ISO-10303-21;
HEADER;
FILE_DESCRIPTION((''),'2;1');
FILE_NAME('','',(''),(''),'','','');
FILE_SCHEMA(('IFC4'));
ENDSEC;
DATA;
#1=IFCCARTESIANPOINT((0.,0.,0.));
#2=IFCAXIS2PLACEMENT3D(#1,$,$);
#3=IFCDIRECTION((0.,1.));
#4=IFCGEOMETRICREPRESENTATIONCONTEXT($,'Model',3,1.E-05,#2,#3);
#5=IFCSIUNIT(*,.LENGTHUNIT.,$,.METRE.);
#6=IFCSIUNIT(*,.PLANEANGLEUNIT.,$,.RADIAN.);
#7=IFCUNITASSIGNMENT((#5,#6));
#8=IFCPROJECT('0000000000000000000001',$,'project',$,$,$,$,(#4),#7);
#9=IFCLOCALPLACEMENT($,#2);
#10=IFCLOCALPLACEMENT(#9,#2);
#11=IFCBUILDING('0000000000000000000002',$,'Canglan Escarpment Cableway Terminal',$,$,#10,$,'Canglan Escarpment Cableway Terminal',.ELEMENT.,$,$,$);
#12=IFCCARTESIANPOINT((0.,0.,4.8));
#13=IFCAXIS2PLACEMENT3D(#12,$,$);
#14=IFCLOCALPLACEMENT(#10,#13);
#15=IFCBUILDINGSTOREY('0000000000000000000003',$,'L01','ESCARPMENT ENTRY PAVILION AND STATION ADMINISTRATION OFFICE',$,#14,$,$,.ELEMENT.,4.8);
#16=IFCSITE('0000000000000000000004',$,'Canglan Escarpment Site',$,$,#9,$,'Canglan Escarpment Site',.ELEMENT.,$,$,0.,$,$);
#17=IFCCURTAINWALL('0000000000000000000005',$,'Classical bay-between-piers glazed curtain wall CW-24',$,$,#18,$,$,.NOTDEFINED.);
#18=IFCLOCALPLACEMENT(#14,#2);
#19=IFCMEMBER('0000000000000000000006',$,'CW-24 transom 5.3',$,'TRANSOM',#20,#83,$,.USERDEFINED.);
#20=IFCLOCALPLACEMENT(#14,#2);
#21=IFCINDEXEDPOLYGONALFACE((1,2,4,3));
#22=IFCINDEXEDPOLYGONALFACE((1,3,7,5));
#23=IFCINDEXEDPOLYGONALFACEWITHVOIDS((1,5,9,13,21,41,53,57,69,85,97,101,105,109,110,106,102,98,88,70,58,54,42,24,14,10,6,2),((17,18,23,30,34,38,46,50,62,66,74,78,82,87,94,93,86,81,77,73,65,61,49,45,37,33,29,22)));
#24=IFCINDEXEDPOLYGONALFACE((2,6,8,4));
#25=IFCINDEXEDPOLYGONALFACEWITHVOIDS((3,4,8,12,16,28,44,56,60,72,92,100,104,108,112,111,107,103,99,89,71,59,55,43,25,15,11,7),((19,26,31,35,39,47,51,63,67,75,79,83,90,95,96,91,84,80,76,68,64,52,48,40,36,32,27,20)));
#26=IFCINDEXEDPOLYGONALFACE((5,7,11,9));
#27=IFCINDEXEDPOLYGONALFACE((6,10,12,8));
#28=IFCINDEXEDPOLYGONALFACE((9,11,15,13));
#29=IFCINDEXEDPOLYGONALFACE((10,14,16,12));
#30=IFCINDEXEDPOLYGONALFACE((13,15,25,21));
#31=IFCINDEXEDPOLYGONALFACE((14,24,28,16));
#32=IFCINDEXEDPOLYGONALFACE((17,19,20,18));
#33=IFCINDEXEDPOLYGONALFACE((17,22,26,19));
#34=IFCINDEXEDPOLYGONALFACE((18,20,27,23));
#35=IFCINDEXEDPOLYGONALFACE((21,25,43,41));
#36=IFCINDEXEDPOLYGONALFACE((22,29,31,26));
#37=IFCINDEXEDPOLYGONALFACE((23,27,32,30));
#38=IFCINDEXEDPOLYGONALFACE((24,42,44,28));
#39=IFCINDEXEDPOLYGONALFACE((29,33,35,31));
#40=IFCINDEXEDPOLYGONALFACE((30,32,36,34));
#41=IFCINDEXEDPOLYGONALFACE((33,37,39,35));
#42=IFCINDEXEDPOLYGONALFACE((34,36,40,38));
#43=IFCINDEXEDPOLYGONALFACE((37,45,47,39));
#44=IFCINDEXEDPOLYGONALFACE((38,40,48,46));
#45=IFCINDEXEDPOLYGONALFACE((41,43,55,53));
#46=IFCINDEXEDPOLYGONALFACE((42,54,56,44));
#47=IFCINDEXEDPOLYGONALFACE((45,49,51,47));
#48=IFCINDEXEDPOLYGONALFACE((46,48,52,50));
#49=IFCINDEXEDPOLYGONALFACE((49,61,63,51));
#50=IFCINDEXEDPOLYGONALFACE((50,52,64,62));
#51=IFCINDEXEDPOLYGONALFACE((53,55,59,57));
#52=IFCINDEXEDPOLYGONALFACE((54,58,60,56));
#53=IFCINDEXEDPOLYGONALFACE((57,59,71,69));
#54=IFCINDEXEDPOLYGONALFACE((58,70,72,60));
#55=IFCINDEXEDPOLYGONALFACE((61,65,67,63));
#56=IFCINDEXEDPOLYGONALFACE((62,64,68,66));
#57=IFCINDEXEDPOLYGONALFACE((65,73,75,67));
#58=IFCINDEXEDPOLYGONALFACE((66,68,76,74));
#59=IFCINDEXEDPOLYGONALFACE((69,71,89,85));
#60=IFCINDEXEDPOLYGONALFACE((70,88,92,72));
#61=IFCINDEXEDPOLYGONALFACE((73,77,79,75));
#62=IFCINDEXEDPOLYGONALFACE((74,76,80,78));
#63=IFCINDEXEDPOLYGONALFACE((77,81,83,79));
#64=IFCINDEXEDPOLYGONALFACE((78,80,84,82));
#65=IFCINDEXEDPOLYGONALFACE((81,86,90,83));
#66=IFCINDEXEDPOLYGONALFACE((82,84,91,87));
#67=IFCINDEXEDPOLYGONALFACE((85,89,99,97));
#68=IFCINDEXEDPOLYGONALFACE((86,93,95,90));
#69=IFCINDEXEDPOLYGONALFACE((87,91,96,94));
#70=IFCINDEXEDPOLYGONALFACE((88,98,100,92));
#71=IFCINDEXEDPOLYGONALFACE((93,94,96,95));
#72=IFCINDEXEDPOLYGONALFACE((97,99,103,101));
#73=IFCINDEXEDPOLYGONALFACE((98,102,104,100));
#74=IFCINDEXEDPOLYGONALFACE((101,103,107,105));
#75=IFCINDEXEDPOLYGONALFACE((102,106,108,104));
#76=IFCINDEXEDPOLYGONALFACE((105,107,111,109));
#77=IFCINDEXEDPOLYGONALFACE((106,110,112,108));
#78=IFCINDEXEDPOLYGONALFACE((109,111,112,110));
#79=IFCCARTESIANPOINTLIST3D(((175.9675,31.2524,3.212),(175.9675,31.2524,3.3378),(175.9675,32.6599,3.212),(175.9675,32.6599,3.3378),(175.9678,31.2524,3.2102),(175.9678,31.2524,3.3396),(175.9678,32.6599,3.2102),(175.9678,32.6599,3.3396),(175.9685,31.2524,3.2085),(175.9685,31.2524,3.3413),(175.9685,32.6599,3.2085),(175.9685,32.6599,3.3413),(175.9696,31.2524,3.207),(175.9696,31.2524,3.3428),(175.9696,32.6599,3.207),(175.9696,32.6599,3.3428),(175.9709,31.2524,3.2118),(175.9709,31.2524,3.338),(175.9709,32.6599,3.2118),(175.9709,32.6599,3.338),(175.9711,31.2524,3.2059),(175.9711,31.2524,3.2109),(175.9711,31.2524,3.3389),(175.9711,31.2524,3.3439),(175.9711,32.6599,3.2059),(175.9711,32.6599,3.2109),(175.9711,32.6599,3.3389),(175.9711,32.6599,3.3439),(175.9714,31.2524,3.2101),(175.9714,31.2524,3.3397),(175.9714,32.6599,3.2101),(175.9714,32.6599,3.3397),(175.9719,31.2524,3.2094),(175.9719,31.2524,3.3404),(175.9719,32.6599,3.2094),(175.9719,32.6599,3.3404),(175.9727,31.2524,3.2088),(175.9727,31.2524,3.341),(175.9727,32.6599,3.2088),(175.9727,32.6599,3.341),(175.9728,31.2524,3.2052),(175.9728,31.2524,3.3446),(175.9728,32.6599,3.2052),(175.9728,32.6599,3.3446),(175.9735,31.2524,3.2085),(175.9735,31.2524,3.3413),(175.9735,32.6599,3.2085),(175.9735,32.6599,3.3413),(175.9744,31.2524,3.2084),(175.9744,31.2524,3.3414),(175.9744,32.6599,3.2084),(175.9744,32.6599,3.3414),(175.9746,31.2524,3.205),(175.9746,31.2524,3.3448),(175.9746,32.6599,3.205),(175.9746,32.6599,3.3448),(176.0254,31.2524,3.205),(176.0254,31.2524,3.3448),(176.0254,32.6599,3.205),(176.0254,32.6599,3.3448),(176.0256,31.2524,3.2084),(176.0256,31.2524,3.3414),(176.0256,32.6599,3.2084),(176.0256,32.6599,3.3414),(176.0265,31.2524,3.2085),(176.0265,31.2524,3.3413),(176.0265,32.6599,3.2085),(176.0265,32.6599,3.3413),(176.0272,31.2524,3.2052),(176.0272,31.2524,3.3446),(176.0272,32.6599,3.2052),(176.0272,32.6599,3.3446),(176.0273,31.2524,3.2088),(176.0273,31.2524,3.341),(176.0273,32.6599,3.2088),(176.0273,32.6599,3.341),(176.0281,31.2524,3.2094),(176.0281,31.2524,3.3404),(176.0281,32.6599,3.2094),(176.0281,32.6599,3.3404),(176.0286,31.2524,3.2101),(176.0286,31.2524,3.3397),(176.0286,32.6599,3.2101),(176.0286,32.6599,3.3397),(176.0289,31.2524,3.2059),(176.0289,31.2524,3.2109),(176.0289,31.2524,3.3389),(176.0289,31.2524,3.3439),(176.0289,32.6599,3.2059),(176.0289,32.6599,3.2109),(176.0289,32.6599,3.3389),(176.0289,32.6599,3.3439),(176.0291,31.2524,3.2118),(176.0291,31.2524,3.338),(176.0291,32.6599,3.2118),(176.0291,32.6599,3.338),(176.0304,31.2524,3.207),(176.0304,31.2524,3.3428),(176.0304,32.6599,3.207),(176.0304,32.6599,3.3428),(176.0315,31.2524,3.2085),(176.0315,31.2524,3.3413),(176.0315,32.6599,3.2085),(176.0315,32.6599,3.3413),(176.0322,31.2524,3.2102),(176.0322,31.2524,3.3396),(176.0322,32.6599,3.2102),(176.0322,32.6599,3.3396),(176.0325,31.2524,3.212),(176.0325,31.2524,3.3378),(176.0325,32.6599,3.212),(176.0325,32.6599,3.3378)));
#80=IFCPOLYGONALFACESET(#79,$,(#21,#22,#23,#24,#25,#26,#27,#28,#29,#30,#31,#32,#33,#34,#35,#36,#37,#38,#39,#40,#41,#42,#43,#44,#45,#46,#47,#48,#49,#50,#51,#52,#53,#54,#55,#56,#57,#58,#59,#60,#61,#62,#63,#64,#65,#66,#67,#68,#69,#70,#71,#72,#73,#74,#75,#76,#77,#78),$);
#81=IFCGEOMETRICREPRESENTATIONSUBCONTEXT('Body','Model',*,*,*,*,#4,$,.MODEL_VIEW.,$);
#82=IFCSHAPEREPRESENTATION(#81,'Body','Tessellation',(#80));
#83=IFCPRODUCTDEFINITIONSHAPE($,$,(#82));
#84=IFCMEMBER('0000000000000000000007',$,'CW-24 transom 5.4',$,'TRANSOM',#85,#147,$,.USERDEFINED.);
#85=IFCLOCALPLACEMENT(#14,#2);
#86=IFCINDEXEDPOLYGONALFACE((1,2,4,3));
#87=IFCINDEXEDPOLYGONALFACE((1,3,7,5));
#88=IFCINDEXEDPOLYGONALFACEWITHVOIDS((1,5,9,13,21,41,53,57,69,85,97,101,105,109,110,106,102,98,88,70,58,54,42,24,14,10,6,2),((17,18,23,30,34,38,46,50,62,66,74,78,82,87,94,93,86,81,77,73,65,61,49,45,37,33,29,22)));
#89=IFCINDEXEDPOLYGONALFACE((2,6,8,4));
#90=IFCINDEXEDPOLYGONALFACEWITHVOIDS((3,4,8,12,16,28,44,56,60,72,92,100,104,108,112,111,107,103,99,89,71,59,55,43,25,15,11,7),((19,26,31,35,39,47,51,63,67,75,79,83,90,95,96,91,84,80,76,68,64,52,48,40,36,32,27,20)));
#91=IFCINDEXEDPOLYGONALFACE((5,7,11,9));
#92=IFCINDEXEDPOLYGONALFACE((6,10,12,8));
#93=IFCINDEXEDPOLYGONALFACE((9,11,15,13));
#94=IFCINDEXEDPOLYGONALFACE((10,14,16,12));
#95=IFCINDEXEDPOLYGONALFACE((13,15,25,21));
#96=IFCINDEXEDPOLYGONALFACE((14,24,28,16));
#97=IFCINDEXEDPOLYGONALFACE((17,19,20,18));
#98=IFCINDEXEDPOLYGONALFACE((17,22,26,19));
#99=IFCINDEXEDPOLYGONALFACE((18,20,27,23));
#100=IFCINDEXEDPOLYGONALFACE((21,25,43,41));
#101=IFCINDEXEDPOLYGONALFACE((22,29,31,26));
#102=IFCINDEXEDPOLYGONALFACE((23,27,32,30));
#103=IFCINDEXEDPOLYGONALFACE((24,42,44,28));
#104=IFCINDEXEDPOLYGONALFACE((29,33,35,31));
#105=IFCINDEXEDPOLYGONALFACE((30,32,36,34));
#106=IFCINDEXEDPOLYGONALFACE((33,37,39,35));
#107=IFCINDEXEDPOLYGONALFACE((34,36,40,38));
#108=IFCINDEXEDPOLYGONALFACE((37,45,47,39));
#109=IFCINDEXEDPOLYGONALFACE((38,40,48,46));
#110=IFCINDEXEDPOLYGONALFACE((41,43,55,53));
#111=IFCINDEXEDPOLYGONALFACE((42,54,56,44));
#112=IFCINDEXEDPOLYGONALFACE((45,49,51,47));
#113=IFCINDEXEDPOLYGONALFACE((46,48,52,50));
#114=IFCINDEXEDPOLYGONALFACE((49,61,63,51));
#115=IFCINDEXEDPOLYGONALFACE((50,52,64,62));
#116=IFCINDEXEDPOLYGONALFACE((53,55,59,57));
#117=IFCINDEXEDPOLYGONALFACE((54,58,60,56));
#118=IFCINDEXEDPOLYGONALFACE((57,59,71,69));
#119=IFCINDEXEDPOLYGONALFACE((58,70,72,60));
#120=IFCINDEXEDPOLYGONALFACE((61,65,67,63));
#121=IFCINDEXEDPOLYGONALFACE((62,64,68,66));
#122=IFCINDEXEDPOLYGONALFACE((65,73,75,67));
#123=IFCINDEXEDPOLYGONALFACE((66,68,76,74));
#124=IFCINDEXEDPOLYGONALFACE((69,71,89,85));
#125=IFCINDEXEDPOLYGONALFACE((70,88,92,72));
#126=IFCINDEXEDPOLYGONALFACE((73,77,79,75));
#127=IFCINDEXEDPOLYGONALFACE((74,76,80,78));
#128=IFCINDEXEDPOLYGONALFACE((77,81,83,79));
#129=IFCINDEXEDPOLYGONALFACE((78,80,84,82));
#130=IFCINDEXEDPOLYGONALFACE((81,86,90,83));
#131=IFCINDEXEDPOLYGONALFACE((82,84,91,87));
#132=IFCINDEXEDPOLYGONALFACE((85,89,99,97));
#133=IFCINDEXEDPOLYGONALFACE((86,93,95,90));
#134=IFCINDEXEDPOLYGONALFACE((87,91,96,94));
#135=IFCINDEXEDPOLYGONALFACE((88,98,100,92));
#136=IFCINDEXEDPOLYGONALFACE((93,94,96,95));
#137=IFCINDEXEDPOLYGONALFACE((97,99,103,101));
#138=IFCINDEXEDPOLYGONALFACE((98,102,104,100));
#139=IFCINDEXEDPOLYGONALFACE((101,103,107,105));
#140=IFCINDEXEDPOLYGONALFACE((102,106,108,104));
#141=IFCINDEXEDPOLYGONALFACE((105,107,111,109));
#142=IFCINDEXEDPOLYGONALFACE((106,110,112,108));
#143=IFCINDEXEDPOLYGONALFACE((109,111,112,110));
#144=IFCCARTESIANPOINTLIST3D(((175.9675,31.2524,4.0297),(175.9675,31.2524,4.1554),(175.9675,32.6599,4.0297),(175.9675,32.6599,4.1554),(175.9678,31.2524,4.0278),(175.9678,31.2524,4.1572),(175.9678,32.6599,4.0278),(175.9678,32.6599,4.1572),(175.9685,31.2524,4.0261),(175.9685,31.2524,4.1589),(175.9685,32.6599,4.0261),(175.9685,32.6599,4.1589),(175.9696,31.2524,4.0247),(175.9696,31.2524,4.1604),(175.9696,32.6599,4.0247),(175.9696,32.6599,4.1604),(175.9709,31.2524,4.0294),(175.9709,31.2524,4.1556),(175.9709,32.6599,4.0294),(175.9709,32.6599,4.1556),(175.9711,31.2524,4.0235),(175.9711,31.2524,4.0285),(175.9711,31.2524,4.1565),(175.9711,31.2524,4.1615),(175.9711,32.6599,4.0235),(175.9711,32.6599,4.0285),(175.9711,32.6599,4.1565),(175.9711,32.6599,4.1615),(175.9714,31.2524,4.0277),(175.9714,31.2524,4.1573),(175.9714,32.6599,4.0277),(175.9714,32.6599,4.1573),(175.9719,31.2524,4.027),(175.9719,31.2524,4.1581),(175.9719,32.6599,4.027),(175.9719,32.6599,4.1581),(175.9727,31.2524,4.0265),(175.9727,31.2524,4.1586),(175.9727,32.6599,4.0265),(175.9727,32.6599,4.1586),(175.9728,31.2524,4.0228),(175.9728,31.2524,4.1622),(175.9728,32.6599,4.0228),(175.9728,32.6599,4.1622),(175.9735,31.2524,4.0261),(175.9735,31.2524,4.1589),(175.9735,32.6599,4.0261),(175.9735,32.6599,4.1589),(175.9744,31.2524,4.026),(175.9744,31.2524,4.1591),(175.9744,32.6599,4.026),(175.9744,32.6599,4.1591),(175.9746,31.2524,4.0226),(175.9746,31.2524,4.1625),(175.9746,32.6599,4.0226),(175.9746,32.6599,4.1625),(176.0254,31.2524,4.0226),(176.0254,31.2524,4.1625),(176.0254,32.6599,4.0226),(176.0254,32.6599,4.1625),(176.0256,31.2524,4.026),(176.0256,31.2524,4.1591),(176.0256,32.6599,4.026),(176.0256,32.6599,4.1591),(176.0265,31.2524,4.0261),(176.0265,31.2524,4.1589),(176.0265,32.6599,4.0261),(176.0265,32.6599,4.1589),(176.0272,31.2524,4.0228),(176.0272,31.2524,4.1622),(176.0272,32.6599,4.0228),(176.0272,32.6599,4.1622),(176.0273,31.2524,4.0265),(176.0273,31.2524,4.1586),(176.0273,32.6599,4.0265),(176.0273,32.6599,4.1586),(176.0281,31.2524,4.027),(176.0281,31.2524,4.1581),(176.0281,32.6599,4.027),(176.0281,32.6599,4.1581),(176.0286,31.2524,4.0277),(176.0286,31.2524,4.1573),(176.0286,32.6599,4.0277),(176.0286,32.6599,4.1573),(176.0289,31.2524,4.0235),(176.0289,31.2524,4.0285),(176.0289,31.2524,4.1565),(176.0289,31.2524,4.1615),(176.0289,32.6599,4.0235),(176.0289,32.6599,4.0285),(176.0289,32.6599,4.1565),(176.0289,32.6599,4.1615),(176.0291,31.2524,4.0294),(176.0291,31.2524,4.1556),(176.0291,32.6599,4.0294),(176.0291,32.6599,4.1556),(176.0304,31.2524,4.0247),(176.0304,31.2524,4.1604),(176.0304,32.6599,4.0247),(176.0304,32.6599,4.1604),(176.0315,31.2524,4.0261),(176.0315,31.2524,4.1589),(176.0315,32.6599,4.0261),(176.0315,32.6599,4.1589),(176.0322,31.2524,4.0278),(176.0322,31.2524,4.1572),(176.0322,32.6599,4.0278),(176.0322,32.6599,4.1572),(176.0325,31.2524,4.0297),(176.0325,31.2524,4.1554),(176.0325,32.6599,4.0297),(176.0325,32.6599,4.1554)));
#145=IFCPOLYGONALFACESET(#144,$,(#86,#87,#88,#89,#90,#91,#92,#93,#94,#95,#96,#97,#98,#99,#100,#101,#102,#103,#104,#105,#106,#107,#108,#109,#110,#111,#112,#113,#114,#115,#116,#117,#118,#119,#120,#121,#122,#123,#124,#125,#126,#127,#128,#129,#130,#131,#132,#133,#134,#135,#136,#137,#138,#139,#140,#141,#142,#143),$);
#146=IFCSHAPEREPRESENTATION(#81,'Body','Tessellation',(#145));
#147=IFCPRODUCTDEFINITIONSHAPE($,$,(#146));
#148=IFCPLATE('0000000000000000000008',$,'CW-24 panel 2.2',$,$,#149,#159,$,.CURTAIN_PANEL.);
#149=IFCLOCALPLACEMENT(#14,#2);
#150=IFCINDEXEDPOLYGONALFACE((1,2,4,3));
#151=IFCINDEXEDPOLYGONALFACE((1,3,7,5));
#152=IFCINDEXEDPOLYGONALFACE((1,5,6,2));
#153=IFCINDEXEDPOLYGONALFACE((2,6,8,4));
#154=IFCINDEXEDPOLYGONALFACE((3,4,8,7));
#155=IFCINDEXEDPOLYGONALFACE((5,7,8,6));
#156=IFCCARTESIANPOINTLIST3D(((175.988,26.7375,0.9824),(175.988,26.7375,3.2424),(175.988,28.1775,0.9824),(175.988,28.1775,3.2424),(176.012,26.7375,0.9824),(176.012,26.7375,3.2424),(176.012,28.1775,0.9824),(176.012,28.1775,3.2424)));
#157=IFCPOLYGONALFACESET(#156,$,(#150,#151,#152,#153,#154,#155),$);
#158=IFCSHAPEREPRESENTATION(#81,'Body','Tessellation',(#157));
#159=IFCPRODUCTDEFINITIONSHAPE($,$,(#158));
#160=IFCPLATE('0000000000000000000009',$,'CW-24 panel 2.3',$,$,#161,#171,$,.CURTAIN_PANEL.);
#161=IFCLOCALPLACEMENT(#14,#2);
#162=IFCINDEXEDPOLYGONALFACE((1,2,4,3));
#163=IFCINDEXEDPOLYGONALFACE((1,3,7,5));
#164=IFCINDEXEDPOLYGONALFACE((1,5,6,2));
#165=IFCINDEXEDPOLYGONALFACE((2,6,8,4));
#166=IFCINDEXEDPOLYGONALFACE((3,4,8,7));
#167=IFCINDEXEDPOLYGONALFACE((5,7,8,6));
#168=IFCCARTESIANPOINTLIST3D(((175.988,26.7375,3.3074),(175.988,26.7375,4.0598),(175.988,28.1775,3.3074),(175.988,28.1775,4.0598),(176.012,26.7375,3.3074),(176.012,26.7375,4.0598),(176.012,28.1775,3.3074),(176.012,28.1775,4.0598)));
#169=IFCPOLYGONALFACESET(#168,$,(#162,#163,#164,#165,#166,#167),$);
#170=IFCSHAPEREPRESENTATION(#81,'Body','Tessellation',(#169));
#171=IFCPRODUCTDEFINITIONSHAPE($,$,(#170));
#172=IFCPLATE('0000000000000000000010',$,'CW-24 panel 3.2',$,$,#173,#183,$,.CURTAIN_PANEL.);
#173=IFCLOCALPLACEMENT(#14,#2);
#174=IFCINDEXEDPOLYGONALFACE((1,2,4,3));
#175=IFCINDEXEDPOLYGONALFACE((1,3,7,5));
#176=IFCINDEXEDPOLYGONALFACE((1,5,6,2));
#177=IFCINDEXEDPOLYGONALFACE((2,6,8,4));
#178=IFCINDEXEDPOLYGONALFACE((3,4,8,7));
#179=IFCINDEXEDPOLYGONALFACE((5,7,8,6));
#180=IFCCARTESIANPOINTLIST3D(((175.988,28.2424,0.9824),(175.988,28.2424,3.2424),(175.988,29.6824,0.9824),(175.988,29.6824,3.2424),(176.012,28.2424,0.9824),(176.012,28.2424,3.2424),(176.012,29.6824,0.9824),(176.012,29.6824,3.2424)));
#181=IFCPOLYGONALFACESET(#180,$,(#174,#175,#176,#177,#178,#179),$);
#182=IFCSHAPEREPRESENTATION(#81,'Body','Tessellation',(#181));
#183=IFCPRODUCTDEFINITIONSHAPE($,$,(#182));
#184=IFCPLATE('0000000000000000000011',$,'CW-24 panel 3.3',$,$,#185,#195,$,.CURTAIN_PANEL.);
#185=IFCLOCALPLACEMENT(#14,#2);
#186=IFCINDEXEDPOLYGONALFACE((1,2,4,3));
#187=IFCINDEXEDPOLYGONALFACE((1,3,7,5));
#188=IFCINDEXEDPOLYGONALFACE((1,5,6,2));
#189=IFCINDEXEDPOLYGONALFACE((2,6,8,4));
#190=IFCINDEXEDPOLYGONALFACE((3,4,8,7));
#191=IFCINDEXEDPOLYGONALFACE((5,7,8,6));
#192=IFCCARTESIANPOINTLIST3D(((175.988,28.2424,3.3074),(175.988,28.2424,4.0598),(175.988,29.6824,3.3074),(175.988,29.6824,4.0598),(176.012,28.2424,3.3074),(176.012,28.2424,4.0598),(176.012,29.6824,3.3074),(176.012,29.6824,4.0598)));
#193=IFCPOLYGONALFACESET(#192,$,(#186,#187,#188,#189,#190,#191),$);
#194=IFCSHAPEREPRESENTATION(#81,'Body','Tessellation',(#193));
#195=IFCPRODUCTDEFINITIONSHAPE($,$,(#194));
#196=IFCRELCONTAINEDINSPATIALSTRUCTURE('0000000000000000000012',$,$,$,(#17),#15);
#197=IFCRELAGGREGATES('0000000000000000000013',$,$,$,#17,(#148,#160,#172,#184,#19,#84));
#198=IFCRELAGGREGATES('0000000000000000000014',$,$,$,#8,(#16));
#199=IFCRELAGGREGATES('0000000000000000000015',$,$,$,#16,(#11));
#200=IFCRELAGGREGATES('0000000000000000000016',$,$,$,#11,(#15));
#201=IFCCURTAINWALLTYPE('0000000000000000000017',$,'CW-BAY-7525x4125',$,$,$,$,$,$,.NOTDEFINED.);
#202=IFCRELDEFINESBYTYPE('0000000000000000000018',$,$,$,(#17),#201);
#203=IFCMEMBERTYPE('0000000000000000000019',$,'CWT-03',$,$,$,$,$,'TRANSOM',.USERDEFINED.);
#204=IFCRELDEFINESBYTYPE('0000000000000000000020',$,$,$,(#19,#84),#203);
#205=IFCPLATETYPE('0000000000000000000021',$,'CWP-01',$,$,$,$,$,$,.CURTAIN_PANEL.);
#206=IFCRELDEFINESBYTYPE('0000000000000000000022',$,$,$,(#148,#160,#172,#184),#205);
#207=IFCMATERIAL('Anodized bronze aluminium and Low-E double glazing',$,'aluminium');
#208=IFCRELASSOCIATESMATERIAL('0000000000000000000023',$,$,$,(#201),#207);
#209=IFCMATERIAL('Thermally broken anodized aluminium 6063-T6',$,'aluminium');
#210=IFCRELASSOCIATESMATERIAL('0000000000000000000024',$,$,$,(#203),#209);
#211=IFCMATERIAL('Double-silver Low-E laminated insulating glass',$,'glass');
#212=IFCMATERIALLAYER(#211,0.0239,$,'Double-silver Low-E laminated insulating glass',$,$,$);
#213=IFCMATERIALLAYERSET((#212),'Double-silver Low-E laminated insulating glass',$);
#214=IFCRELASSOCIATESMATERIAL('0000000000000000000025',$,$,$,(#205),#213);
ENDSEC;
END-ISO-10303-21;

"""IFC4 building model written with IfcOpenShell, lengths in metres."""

from ifc_helpers import new_model, si_unit, direction, frame, origin, origin_2d, place, context, subcontext, project, spatial, rectangle, hollow_rectangle, extrude, material, layer, layer_set, material_profile, profile_set, type_object, element, aggregate, save


model = new_model("IFC4")

# Units and contexts
model_context = context("Model", 3, precision=1e-05, world=origin(), true_north=direction((0.0, 1.0)))
body_context = subcontext(model_context, "Body", "Model", "MODEL_VIEW")
ifc_project = project(units=[si_unit("LENGTHUNIT", "METRE"), si_unit("PLANEANGLEUNIT", "RADIAN")], contexts=[model_context])

# Site, building, storey
site_placement = place(None, origin())
site = spatial("IfcSite", under=ifc_project, at=site_placement, Name="Canglan Escarpment Site", LongName="Canglan Escarpment Site", CompositionType="ELEMENT", RefElevation=0.0)
building_placement = place(site_placement, origin())
building = spatial("IfcBuilding", under=site, at=building_placement, Name="Canglan Escarpment Cableway Terminal", LongName="Canglan Escarpment Cableway Terminal", CompositionType="ELEMENT")
storey_placement = place(building_placement, frame((0.0, 0.0, 4.8)))
storey = spatial("IfcBuildingStorey", under=building, at=storey_placement, Name="L01", Description="ESCARPMENT ENTRY PAVILION AND STATION ADMINISTRATION OFFICE", CompositionType="ELEMENT", Elevation=4.8)

# Curtain wall, members, plates
ifc_material_1 = material(Name="Anodized bronze aluminium and Low-E double glazing", Category="aluminium")
curtain_wall_type = type_object("IfcCurtainWallType", Name="CW-BAY-7525x4125", PredefinedType="NOTDEFINED", material=ifc_material_1)
curtain_wall_placement = place(storey_placement, origin())
curtain_wall = element("IfcCurtainWall", 1, at=curtain_wall_placement, inside=storey, type_object=curtain_wall_type, Name="Classical bay-between-piers glazed curtain wall CW-24", PredefinedType="NOTDEFINED")
ifc_material_2 = material(Name="Thermally broken anodized aluminium 6063-T6", Category="aluminium")
ifc_material_profile = material_profile(ifc_material_2, hollow_rectangle(XDim=0.0649, YDim=0.1399, WallThickness=0.0034, InnerFilletRadius=0.0034, OuterFilletRadius=0.0071, at=origin_2d()), Name="ALU-TRAN 65x140x3.5")
ifc_profile_set = profile_set([ifc_material_profile], Name="Thermally broken anodized aluminium 6063-T6")
member_type = type_object("IfcMemberType", Name="CWT-03", ElementType="TRANSOM", PredefinedType="USERDEFINED", material=ifc_profile_set)
member_1_placement = place(storey_placement, frame((176.0, 31.2524, 3.2749), z_axis=(0.0, 1.0, 0.0), x_axis=(-1.0, 0.0, 0.0)))
member_1 = element("IfcMember", 2, at=member_1_placement, type_object=member_type, Name="CW-24 transom 5.3", ObjectType="TRANSOM", PredefinedType="USERDEFINED", context=body_context, shape_type="SweptSolid", body=[
    extrude(hollow_rectangle(XDim=0.0649, YDim=0.1399, WallThickness=0.0034, InnerFilletRadius=0.0034, OuterFilletRadius=0.0071, at=origin_2d()), origin(), (0.0, 0.0, 1.0), 1.4075),
])
member_2_placement = place(storey_placement, frame((176.0, 31.2524, 4.0925), z_axis=(0.0, 1.0, 0.0), x_axis=(-1.0, 0.0, 0.0)))
member_2 = element("IfcMember", 3, at=member_2_placement, type_object=member_type, Name="CW-24 transom 5.4", ObjectType="TRANSOM", PredefinedType="USERDEFINED", context=body_context, shape_type="SweptSolid", body=[
    extrude(hollow_rectangle(XDim=0.0649, YDim=0.1399, WallThickness=0.0034, InnerFilletRadius=0.0034, OuterFilletRadius=0.0071, at=origin_2d()), origin(), (0.0, 0.0, 1.0), 1.4075),
])
ifc_material_3 = material(Name="Double-silver Low-E laminated insulating glass", Category="glass")
ifc_layer = layer(ifc_material_3, 0.0239, Name="Double-silver Low-E laminated insulating glass")
ifc_layer_set = layer_set([ifc_layer], Name="Double-silver Low-E laminated insulating glass")
plate_type = type_object("IfcPlateType", Name="CWP-01", PredefinedType="CURTAIN_PANEL", material=ifc_layer_set)
plate_1_placement = place(storey_placement, frame((176.0, 27.4575, 0.9824), z_axis=(0.0, 0.0, 1.0), x_axis=(0.0, 1.0, 0.0)))
plate_1 = element("IfcPlate", 4, at=plate_1_placement, type_object=plate_type, Name="CW-24 panel 2.2", PredefinedType="CURTAIN_PANEL", context=body_context, shape_type="SweptSolid", body=[
    extrude(rectangle(XDim=1.4399, YDim=0.0239, at=origin_2d()), origin(), (0.0, 0.0, 1.0), 2.26),
])
plate_2_placement = place(storey_placement, frame((176.0, 27.4575, 3.3074), z_axis=(0.0, 0.0, 1.0), x_axis=(0.0, 1.0, 0.0)))
plate_2 = element("IfcPlate", 5, at=plate_2_placement, type_object=plate_type, Name="CW-24 panel 2.3", PredefinedType="CURTAIN_PANEL", context=body_context, shape_type="SweptSolid", body=[
    extrude(rectangle(XDim=1.4399, YDim=0.0239, at=origin_2d()), origin(), (0.0, 0.0, 1.0), 0.7524),
])
plate_3_placement = place(storey_placement, frame((176.0, 28.9624, 0.9824), z_axis=(0.0, 0.0, 1.0), x_axis=(0.0, 1.0, 0.0)))
plate_3 = element("IfcPlate", 6, at=plate_3_placement, type_object=plate_type, Name="CW-24 panel 3.2", PredefinedType="CURTAIN_PANEL", context=body_context, shape_type="SweptSolid", body=[
    extrude(rectangle(XDim=1.4399, YDim=0.0239, at=origin_2d()), origin(), (0.0, 0.0, 1.0), 2.26),
])
plate_4_placement = place(storey_placement, frame((176.0, 28.9624, 3.3074), z_axis=(0.0, 0.0, 1.0), x_axis=(0.0, 1.0, 0.0)))
plate_4 = element("IfcPlate", 7, at=plate_4_placement, type_object=plate_type, Name="CW-24 panel 3.3", PredefinedType="CURTAIN_PANEL", context=body_context, shape_type="SweptSolid", body=[
    extrude(rectangle(XDim=1.4399, YDim=0.0239, at=origin_2d()), origin(), (0.0, 0.0, 1.0), 0.7524),
])
aggregate(curtain_wall, [plate_1, plate_2, plate_3, plate_4, member_1, member_2])

save(model, "model.ifc")
